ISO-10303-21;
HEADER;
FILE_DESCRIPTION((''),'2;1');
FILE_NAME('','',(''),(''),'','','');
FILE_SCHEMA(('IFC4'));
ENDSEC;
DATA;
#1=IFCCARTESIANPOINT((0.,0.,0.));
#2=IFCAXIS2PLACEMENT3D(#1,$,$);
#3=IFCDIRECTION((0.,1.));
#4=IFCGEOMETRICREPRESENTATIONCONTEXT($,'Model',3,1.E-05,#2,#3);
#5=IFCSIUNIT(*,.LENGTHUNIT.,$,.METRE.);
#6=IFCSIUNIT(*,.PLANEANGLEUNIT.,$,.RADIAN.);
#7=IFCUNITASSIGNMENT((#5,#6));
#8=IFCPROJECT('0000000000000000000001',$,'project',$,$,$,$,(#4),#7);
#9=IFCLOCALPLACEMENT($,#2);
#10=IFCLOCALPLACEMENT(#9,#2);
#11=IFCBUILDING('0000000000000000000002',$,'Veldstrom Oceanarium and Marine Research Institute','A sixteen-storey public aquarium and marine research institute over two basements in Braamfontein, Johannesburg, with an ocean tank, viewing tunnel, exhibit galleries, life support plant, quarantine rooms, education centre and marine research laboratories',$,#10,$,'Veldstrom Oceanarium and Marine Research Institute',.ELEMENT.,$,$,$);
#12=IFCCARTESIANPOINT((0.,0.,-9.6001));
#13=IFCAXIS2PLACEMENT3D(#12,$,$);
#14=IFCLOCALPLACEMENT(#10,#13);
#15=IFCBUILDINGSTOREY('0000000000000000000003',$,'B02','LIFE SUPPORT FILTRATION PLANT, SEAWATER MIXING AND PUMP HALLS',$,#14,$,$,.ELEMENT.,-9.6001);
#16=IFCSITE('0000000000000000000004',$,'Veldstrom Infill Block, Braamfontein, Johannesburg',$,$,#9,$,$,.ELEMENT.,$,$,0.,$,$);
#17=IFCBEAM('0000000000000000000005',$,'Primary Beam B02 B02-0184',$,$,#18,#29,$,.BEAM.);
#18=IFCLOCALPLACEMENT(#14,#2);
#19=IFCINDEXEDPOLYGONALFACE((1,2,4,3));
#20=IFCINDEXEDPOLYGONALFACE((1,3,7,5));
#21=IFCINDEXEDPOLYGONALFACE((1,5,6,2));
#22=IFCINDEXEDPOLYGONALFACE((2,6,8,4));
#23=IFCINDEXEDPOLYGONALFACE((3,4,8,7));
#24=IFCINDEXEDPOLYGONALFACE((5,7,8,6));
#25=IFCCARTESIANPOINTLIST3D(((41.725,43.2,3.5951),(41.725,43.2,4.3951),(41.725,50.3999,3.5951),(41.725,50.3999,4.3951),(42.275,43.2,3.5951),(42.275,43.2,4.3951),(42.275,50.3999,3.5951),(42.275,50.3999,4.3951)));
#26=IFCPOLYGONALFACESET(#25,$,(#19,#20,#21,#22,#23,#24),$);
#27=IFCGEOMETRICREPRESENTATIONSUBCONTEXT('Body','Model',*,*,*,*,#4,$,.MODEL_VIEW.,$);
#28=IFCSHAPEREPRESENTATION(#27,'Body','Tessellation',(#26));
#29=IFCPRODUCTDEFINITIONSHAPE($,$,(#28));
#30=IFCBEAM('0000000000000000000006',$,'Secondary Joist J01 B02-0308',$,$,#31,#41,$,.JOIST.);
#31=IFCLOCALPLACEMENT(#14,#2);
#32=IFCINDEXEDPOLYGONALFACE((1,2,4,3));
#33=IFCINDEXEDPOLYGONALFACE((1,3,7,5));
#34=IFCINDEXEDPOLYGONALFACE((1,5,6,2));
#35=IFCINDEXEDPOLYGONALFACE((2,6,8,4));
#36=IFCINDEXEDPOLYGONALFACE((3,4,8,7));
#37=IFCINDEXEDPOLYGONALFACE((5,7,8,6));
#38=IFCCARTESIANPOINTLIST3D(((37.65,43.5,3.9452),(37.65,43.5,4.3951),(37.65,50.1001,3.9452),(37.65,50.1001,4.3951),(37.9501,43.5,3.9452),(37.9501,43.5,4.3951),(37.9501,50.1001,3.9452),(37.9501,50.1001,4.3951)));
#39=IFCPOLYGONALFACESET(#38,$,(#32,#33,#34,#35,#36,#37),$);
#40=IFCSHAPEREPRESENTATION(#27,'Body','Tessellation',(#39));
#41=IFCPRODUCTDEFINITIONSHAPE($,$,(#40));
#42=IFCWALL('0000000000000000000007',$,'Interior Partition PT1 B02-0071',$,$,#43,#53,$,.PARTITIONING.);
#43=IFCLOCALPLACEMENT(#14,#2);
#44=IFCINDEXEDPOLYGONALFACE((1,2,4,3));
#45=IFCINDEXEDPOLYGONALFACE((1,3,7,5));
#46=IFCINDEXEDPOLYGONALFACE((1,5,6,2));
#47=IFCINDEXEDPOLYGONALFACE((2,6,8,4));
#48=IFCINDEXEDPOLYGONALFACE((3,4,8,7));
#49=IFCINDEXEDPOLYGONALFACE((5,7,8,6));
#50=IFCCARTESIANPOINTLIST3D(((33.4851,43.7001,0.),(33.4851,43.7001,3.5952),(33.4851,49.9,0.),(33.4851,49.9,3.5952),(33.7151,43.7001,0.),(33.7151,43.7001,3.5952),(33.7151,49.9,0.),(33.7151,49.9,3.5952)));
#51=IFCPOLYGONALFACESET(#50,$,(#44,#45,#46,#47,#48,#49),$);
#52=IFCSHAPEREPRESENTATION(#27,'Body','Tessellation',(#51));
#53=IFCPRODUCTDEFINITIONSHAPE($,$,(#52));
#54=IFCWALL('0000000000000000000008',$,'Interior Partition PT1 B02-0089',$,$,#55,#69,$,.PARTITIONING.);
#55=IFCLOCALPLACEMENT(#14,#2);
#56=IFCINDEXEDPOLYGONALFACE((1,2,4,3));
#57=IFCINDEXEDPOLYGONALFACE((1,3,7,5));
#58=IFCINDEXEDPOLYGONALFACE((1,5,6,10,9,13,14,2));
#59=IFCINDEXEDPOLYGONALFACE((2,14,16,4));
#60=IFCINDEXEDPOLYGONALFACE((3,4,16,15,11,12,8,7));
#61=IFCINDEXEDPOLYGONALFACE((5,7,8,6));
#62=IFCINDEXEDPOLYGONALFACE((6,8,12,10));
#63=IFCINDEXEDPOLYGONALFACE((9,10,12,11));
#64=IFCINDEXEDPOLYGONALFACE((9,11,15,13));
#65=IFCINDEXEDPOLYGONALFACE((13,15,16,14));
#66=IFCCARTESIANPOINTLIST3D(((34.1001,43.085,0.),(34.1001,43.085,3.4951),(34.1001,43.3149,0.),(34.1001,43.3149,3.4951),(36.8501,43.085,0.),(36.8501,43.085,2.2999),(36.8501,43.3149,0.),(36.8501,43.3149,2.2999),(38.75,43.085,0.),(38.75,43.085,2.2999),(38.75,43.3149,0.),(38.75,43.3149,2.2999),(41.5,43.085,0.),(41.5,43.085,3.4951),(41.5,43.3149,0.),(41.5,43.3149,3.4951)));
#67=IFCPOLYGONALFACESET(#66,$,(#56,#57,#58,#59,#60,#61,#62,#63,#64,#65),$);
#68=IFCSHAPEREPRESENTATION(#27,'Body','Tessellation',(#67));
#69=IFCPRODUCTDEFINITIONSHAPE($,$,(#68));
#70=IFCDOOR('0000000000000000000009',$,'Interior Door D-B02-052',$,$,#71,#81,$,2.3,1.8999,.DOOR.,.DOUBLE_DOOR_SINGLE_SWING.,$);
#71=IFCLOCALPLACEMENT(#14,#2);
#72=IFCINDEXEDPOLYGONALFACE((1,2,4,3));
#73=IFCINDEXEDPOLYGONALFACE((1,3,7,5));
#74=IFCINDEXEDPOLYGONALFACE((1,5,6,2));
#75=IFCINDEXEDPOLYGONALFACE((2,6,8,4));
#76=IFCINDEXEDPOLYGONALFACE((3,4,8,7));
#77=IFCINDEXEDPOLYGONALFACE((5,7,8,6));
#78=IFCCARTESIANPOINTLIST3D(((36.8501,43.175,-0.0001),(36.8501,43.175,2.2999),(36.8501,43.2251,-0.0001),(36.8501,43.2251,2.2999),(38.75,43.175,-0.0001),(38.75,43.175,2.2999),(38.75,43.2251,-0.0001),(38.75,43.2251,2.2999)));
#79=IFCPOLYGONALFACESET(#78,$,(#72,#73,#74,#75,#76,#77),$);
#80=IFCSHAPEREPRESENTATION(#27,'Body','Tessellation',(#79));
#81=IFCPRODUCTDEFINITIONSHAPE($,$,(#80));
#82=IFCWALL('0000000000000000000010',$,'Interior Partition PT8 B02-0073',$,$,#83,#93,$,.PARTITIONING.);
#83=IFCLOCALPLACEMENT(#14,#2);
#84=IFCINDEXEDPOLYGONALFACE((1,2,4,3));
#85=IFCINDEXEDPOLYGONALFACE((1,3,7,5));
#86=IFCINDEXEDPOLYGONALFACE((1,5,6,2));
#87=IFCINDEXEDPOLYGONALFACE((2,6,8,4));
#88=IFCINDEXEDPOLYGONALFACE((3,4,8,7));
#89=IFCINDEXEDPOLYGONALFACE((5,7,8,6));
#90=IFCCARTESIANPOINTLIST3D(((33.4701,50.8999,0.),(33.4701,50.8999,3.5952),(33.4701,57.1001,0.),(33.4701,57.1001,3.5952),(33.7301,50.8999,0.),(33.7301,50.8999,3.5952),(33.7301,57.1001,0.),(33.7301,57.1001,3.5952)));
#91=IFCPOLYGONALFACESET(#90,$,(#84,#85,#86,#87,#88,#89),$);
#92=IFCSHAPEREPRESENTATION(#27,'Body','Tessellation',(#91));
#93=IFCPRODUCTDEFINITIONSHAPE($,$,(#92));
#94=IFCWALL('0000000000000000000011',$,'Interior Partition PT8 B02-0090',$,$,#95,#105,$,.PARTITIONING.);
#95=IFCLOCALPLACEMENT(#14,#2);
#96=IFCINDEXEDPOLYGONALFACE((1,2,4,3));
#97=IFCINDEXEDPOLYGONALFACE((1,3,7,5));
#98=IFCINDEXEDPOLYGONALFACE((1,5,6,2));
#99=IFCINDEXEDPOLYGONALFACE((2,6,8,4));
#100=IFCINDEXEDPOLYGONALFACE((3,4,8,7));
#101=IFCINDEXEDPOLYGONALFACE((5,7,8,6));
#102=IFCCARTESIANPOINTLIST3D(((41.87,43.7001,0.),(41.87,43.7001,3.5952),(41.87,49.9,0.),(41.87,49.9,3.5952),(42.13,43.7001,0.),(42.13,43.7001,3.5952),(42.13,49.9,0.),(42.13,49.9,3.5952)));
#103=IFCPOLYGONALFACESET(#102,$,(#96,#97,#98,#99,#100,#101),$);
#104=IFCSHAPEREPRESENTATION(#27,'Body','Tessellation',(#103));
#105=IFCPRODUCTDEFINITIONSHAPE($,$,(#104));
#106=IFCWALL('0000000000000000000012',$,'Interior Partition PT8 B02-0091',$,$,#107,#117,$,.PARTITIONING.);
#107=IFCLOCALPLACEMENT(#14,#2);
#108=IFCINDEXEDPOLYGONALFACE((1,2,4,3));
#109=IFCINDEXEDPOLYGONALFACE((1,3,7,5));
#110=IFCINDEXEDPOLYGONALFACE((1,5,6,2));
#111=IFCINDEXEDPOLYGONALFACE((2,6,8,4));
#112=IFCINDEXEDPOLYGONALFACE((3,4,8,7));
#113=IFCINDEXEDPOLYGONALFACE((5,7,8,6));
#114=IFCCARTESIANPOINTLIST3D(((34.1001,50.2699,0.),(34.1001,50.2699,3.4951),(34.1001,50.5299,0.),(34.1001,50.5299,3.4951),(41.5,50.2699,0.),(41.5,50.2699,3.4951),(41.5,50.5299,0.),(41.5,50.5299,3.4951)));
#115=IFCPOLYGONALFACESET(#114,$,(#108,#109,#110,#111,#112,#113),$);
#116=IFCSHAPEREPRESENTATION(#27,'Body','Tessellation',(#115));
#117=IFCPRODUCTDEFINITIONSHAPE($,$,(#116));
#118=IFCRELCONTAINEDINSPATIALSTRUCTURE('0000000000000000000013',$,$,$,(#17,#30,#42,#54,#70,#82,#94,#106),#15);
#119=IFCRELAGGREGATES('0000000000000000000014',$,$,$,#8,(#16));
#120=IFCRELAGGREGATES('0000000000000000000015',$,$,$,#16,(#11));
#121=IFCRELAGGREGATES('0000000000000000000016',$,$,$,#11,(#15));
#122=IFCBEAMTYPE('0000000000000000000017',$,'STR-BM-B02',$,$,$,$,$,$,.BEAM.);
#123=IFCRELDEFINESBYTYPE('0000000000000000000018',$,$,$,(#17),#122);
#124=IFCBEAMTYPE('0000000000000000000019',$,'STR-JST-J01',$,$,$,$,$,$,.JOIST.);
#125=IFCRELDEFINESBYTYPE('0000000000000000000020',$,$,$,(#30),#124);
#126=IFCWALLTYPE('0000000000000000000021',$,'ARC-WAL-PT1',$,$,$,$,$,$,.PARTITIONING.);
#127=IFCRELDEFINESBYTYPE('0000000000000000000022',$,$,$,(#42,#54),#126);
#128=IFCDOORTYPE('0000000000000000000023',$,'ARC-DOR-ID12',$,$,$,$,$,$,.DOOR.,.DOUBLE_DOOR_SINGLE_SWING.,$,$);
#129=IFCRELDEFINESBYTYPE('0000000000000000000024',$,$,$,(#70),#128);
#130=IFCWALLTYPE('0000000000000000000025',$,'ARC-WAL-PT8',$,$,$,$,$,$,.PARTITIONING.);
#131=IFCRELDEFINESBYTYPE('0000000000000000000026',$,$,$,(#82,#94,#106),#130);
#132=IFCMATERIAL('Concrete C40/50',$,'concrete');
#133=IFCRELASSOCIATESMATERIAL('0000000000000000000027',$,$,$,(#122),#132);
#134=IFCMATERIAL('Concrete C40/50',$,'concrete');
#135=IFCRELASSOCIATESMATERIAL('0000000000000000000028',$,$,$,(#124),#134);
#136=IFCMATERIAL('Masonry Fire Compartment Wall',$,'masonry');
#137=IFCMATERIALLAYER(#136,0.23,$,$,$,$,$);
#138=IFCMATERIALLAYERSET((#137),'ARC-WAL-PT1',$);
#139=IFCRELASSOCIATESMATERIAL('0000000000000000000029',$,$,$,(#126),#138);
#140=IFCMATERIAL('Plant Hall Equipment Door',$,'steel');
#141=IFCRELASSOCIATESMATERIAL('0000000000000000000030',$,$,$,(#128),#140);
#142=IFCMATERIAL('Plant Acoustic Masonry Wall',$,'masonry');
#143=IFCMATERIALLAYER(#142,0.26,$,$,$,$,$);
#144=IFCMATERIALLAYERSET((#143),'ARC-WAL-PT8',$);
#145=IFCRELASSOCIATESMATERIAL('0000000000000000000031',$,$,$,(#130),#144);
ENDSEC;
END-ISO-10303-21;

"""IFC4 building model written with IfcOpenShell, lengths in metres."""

from ifc_helpers import new_model, si_unit, direction, frame, frame_2d, origin, origin_2d, place, context, subcontext, project, spatial, rectangle, extrude, material, layer, layer_set, material_profile, profile_set, type_object, element, fill, save


model = new_model("IFC4")

# Units and contexts
model_context = context("Model", 3, precision=1e-05, world=origin(), true_north=direction((0.0, 1.0)))
body_context = subcontext(model_context, "Body", "Model", "MODEL_VIEW")
ifc_project = project(units=[si_unit("LENGTHUNIT", "METRE"), si_unit("PLANEANGLEUNIT", "RADIAN")], contexts=[model_context])

# Site, building, storey
site_placement = place(None, origin())
site = spatial("IfcSite", under=ifc_project, at=site_placement, Name="Veldstrom Infill Block, Braamfontein, Johannesburg", CompositionType="ELEMENT", RefElevation=0.0)
building_placement = place(site_placement, origin())
building = spatial("IfcBuilding", under=site, at=building_placement, Name="Veldstrom Oceanarium and Marine Research Institute", Description="A sixteen-storey public aquarium and marine research institute over two basements in Braamfontein, Johannesburg, with an ocean tank, viewing tunnel, exhibit galleries, life support plant, quarantine rooms, education centre and marine research laboratories", LongName="Veldstrom Oceanarium and Marine Research Institute", CompositionType="ELEMENT")
storey_placement = place(building_placement, frame((0.0, 0.0, -9.6001)))
storey = spatial("IfcBuildingStorey", under=building, at=storey_placement, Name="B02", Description="LIFE SUPPORT FILTRATION PLANT, SEAWATER MIXING AND PUMP HALLS", CompositionType="ELEMENT", Elevation=-9.6001)

# Beams
ifc_material_1 = material(Name="Concrete C40/50", Category="concrete")
ifc_material_profile_1 = material_profile(ifc_material_1, rectangle(XDim=0.55, YDim=0.8, at=origin_2d()), Name="RC-BM-550x800")
ifc_profile_set_1 = profile_set([ifc_material_profile_1], Name="Concrete C40/50")
beam_type_1 = type_object("IfcBeamType", Name="STR-BM-B02", PredefinedType="BEAM", material=ifc_profile_set_1)
beam_1_placement = place(storey_placement, frame((42.0, 43.2, 3.9951), z_axis=(0.0, 1.0, 0.0), x_axis=(-1.0, 0.0, 0.0)))
element("IfcBeam", 1, at=beam_1_placement, inside=storey, type_object=beam_type_1, Name="Primary Beam B02 B02-0184", PredefinedType="BEAM", context=body_context, shape_type="SweptSolid", body=[
    extrude(rectangle(XDim=0.55, YDim=0.8, at=origin_2d()), origin(), (0.0, 0.0, 1.0), 7.2),
])
ifc_material_2 = material(Name="Concrete C40/50", Category="concrete")
ifc_material_profile_2 = material_profile(ifc_material_2, rectangle(XDim=0.3, YDim=0.45, at=origin_2d()), Name="RC-JST-300x450")
ifc_profile_set_2 = profile_set([ifc_material_profile_2], Name="Concrete C40/50")
beam_type_2 = type_object("IfcBeamType", Name="STR-JST-J01", PredefinedType="JOIST", material=ifc_profile_set_2)
beam_2_placement = place(storey_placement, frame((37.8, 43.5, 4.1702), z_axis=(0.0, 1.0, 0.0), x_axis=(-1.0, 0.0, 0.0)))
element("IfcBeam", 2, at=beam_2_placement, inside=storey, type_object=beam_type_2, Name="Secondary Joist J01 B02-0308", PredefinedType="JOIST", context=body_context, shape_type="SweptSolid", body=[
    extrude(rectangle(XDim=0.3, YDim=0.45, at=origin_2d()), origin(), (0.0, 0.0, 1.0), 6.6001),
])

# Wall
ifc_material_3 = material(Name="Masonry Fire Compartment Wall", Category="masonry")
ifc_layer_1 = layer(ifc_material_3, 0.23)
ifc_layer_set_1 = layer_set([ifc_layer_1], Name="ARC-WAL-PT1")
wall_type_1 = type_object("IfcWallType", Name="ARC-WAL-PT1", PredefinedType="PARTITIONING", material=ifc_layer_set_1)
wall_1_placement = place(storey_placement, frame((33.6001, 43.7, 0.0), z_axis=(0.0, 0.0, 1.0), x_axis=(0.0, 1.0, 0.0)))
element("IfcWall", 3, at=wall_1_placement, inside=storey, type_object=wall_type_1, Name="Interior Partition PT1 B02-0071", PredefinedType="PARTITIONING", context=body_context, shape_type="SweptSolid", body=[
    extrude(rectangle(XDim=6.2, YDim=0.23, at=frame_2d((3.1001, 0.0))), origin(), (0.0, 0.0, 1.0), 3.5952),
])

# Wall, opening, door
wall_2_placement = place(storey_placement, frame((34.1001, 43.2, 0.0), z_axis=(0.0, 0.0, 1.0), x_axis=(1.0, 0.0, 0.0)))
wall_2 = element("IfcWall", 4, at=wall_2_placement, inside=storey, type_object=wall_type_1, Name="Interior Partition PT1 B02-0089", PredefinedType="PARTITIONING", context=body_context, shape_type="SweptSolid", body=[
    extrude(rectangle(XDim=7.3999, YDim=0.23, at=frame_2d((3.7, 0.0))), origin(), (0.0, 0.0, 1.0), 3.4951),
])
opening_placement = place(wall_2_placement, frame((2.75, 0.0, 0.0)))
opening = element("IfcOpeningElement", 5, at=opening_placement, cuts=wall_2, PredefinedType="OPENING", context=body_context, shape_type="SweptSolid", body=[
    extrude(rectangle(XDim=1.8999, YDim=2.3, at=frame_2d((0.95, 1.1499))), frame((0.0, 0.125, 0.0), z_axis=(0.0, -1.0, 0.0), x_axis=(1.0, 0.0, 0.0)), (0.0, 0.0, 1.0), 0.25),
])
ifc_material_4 = material(Name="Plant Hall Equipment Door", Category="steel")
door_type = type_object("IfcDoorType", Name="ARC-DOR-ID12", OperationType="DOUBLE_DOOR_SINGLE_SWING", PredefinedType="DOOR", material=ifc_material_4)
door_placement = place(opening_placement, frame((1.8999, 0.0, 0.0), z_axis=(0.0, 0.0, 1.0), x_axis=(-1.0, 0.0, 0.0)))
door = element("IfcDoor", 6, at=door_placement, inside=storey, type_object=door_type, Name="Interior Door D-B02-052", OperationType="DOUBLE_DOOR_SINGLE_SWING", OverallHeight=2.3, OverallWidth=1.8999, PredefinedType="DOOR", context=body_context, shape_type="SweptSolid", body=[
    extrude(rectangle(XDim=1.8999, YDim=2.3, at=frame_2d((0.95, 1.1499))), frame((0.0, 0.0249, 0.0), z_axis=(0.0, -1.0, 0.0), x_axis=(1.0, 0.0, 0.0)), (0.0, 0.0, 1.0), 0.05),
])
fill(opening, door)

# Walls
ifc_material_5 = material(Name="Plant Acoustic Masonry Wall", Category="masonry")
ifc_layer_2 = layer(ifc_material_5, 0.26)
ifc_layer_set_2 = layer_set([ifc_layer_2], Name="ARC-WAL-PT8")
wall_type_2 = type_object("IfcWallType", Name="ARC-WAL-PT8", PredefinedType="PARTITIONING", material=ifc_layer_set_2)
wall_3_placement = place(storey_placement, frame((33.6001, 50.8999, 0.0), z_axis=(0.0, 0.0, 1.0), x_axis=(0.0, 1.0, 0.0)))
element("IfcWall", 7, at=wall_3_placement, inside=storey, type_object=wall_type_2, Name="Interior Partition PT8 B02-0073", PredefinedType="PARTITIONING", context=body_context, shape_type="SweptSolid", body=[
    extrude(rectangle(XDim=6.2002, YDim=0.26, at=frame_2d((3.1001, 0.0))), origin(), (0.0, 0.0, 1.0), 3.5952),
])
wall_4_placement = place(storey_placement, frame((42.0, 43.7, 0.0), z_axis=(0.0, 0.0, 1.0), x_axis=(0.0, 1.0, 0.0)))
element("IfcWall", 8, at=wall_4_placement, inside=storey, type_object=wall_type_2, Name="Interior Partition PT8 B02-0090", PredefinedType="PARTITIONING", context=body_context, shape_type="SweptSolid", body=[
    extrude(rectangle(XDim=6.2, YDim=0.26, at=frame_2d((3.1001, 0.0))), origin(), (0.0, 0.0, 1.0), 3.5952),
])
wall_5_placement = place(storey_placement, frame((34.1001, 50.3999, 0.0), z_axis=(0.0, 0.0, 1.0), x_axis=(1.0, 0.0, 0.0)))
element("IfcWall", 9, at=wall_5_placement, inside=storey, type_object=wall_type_2, Name="Interior Partition PT8 B02-0091", PredefinedType="PARTITIONING", context=body_context, shape_type="SweptSolid", body=[
    extrude(rectangle(XDim=7.3999, YDim=0.26, at=frame_2d((3.7, 0.0))), origin(), (0.0, 0.0, 1.0), 3.4951),
])

save(model, "model.ifc")
